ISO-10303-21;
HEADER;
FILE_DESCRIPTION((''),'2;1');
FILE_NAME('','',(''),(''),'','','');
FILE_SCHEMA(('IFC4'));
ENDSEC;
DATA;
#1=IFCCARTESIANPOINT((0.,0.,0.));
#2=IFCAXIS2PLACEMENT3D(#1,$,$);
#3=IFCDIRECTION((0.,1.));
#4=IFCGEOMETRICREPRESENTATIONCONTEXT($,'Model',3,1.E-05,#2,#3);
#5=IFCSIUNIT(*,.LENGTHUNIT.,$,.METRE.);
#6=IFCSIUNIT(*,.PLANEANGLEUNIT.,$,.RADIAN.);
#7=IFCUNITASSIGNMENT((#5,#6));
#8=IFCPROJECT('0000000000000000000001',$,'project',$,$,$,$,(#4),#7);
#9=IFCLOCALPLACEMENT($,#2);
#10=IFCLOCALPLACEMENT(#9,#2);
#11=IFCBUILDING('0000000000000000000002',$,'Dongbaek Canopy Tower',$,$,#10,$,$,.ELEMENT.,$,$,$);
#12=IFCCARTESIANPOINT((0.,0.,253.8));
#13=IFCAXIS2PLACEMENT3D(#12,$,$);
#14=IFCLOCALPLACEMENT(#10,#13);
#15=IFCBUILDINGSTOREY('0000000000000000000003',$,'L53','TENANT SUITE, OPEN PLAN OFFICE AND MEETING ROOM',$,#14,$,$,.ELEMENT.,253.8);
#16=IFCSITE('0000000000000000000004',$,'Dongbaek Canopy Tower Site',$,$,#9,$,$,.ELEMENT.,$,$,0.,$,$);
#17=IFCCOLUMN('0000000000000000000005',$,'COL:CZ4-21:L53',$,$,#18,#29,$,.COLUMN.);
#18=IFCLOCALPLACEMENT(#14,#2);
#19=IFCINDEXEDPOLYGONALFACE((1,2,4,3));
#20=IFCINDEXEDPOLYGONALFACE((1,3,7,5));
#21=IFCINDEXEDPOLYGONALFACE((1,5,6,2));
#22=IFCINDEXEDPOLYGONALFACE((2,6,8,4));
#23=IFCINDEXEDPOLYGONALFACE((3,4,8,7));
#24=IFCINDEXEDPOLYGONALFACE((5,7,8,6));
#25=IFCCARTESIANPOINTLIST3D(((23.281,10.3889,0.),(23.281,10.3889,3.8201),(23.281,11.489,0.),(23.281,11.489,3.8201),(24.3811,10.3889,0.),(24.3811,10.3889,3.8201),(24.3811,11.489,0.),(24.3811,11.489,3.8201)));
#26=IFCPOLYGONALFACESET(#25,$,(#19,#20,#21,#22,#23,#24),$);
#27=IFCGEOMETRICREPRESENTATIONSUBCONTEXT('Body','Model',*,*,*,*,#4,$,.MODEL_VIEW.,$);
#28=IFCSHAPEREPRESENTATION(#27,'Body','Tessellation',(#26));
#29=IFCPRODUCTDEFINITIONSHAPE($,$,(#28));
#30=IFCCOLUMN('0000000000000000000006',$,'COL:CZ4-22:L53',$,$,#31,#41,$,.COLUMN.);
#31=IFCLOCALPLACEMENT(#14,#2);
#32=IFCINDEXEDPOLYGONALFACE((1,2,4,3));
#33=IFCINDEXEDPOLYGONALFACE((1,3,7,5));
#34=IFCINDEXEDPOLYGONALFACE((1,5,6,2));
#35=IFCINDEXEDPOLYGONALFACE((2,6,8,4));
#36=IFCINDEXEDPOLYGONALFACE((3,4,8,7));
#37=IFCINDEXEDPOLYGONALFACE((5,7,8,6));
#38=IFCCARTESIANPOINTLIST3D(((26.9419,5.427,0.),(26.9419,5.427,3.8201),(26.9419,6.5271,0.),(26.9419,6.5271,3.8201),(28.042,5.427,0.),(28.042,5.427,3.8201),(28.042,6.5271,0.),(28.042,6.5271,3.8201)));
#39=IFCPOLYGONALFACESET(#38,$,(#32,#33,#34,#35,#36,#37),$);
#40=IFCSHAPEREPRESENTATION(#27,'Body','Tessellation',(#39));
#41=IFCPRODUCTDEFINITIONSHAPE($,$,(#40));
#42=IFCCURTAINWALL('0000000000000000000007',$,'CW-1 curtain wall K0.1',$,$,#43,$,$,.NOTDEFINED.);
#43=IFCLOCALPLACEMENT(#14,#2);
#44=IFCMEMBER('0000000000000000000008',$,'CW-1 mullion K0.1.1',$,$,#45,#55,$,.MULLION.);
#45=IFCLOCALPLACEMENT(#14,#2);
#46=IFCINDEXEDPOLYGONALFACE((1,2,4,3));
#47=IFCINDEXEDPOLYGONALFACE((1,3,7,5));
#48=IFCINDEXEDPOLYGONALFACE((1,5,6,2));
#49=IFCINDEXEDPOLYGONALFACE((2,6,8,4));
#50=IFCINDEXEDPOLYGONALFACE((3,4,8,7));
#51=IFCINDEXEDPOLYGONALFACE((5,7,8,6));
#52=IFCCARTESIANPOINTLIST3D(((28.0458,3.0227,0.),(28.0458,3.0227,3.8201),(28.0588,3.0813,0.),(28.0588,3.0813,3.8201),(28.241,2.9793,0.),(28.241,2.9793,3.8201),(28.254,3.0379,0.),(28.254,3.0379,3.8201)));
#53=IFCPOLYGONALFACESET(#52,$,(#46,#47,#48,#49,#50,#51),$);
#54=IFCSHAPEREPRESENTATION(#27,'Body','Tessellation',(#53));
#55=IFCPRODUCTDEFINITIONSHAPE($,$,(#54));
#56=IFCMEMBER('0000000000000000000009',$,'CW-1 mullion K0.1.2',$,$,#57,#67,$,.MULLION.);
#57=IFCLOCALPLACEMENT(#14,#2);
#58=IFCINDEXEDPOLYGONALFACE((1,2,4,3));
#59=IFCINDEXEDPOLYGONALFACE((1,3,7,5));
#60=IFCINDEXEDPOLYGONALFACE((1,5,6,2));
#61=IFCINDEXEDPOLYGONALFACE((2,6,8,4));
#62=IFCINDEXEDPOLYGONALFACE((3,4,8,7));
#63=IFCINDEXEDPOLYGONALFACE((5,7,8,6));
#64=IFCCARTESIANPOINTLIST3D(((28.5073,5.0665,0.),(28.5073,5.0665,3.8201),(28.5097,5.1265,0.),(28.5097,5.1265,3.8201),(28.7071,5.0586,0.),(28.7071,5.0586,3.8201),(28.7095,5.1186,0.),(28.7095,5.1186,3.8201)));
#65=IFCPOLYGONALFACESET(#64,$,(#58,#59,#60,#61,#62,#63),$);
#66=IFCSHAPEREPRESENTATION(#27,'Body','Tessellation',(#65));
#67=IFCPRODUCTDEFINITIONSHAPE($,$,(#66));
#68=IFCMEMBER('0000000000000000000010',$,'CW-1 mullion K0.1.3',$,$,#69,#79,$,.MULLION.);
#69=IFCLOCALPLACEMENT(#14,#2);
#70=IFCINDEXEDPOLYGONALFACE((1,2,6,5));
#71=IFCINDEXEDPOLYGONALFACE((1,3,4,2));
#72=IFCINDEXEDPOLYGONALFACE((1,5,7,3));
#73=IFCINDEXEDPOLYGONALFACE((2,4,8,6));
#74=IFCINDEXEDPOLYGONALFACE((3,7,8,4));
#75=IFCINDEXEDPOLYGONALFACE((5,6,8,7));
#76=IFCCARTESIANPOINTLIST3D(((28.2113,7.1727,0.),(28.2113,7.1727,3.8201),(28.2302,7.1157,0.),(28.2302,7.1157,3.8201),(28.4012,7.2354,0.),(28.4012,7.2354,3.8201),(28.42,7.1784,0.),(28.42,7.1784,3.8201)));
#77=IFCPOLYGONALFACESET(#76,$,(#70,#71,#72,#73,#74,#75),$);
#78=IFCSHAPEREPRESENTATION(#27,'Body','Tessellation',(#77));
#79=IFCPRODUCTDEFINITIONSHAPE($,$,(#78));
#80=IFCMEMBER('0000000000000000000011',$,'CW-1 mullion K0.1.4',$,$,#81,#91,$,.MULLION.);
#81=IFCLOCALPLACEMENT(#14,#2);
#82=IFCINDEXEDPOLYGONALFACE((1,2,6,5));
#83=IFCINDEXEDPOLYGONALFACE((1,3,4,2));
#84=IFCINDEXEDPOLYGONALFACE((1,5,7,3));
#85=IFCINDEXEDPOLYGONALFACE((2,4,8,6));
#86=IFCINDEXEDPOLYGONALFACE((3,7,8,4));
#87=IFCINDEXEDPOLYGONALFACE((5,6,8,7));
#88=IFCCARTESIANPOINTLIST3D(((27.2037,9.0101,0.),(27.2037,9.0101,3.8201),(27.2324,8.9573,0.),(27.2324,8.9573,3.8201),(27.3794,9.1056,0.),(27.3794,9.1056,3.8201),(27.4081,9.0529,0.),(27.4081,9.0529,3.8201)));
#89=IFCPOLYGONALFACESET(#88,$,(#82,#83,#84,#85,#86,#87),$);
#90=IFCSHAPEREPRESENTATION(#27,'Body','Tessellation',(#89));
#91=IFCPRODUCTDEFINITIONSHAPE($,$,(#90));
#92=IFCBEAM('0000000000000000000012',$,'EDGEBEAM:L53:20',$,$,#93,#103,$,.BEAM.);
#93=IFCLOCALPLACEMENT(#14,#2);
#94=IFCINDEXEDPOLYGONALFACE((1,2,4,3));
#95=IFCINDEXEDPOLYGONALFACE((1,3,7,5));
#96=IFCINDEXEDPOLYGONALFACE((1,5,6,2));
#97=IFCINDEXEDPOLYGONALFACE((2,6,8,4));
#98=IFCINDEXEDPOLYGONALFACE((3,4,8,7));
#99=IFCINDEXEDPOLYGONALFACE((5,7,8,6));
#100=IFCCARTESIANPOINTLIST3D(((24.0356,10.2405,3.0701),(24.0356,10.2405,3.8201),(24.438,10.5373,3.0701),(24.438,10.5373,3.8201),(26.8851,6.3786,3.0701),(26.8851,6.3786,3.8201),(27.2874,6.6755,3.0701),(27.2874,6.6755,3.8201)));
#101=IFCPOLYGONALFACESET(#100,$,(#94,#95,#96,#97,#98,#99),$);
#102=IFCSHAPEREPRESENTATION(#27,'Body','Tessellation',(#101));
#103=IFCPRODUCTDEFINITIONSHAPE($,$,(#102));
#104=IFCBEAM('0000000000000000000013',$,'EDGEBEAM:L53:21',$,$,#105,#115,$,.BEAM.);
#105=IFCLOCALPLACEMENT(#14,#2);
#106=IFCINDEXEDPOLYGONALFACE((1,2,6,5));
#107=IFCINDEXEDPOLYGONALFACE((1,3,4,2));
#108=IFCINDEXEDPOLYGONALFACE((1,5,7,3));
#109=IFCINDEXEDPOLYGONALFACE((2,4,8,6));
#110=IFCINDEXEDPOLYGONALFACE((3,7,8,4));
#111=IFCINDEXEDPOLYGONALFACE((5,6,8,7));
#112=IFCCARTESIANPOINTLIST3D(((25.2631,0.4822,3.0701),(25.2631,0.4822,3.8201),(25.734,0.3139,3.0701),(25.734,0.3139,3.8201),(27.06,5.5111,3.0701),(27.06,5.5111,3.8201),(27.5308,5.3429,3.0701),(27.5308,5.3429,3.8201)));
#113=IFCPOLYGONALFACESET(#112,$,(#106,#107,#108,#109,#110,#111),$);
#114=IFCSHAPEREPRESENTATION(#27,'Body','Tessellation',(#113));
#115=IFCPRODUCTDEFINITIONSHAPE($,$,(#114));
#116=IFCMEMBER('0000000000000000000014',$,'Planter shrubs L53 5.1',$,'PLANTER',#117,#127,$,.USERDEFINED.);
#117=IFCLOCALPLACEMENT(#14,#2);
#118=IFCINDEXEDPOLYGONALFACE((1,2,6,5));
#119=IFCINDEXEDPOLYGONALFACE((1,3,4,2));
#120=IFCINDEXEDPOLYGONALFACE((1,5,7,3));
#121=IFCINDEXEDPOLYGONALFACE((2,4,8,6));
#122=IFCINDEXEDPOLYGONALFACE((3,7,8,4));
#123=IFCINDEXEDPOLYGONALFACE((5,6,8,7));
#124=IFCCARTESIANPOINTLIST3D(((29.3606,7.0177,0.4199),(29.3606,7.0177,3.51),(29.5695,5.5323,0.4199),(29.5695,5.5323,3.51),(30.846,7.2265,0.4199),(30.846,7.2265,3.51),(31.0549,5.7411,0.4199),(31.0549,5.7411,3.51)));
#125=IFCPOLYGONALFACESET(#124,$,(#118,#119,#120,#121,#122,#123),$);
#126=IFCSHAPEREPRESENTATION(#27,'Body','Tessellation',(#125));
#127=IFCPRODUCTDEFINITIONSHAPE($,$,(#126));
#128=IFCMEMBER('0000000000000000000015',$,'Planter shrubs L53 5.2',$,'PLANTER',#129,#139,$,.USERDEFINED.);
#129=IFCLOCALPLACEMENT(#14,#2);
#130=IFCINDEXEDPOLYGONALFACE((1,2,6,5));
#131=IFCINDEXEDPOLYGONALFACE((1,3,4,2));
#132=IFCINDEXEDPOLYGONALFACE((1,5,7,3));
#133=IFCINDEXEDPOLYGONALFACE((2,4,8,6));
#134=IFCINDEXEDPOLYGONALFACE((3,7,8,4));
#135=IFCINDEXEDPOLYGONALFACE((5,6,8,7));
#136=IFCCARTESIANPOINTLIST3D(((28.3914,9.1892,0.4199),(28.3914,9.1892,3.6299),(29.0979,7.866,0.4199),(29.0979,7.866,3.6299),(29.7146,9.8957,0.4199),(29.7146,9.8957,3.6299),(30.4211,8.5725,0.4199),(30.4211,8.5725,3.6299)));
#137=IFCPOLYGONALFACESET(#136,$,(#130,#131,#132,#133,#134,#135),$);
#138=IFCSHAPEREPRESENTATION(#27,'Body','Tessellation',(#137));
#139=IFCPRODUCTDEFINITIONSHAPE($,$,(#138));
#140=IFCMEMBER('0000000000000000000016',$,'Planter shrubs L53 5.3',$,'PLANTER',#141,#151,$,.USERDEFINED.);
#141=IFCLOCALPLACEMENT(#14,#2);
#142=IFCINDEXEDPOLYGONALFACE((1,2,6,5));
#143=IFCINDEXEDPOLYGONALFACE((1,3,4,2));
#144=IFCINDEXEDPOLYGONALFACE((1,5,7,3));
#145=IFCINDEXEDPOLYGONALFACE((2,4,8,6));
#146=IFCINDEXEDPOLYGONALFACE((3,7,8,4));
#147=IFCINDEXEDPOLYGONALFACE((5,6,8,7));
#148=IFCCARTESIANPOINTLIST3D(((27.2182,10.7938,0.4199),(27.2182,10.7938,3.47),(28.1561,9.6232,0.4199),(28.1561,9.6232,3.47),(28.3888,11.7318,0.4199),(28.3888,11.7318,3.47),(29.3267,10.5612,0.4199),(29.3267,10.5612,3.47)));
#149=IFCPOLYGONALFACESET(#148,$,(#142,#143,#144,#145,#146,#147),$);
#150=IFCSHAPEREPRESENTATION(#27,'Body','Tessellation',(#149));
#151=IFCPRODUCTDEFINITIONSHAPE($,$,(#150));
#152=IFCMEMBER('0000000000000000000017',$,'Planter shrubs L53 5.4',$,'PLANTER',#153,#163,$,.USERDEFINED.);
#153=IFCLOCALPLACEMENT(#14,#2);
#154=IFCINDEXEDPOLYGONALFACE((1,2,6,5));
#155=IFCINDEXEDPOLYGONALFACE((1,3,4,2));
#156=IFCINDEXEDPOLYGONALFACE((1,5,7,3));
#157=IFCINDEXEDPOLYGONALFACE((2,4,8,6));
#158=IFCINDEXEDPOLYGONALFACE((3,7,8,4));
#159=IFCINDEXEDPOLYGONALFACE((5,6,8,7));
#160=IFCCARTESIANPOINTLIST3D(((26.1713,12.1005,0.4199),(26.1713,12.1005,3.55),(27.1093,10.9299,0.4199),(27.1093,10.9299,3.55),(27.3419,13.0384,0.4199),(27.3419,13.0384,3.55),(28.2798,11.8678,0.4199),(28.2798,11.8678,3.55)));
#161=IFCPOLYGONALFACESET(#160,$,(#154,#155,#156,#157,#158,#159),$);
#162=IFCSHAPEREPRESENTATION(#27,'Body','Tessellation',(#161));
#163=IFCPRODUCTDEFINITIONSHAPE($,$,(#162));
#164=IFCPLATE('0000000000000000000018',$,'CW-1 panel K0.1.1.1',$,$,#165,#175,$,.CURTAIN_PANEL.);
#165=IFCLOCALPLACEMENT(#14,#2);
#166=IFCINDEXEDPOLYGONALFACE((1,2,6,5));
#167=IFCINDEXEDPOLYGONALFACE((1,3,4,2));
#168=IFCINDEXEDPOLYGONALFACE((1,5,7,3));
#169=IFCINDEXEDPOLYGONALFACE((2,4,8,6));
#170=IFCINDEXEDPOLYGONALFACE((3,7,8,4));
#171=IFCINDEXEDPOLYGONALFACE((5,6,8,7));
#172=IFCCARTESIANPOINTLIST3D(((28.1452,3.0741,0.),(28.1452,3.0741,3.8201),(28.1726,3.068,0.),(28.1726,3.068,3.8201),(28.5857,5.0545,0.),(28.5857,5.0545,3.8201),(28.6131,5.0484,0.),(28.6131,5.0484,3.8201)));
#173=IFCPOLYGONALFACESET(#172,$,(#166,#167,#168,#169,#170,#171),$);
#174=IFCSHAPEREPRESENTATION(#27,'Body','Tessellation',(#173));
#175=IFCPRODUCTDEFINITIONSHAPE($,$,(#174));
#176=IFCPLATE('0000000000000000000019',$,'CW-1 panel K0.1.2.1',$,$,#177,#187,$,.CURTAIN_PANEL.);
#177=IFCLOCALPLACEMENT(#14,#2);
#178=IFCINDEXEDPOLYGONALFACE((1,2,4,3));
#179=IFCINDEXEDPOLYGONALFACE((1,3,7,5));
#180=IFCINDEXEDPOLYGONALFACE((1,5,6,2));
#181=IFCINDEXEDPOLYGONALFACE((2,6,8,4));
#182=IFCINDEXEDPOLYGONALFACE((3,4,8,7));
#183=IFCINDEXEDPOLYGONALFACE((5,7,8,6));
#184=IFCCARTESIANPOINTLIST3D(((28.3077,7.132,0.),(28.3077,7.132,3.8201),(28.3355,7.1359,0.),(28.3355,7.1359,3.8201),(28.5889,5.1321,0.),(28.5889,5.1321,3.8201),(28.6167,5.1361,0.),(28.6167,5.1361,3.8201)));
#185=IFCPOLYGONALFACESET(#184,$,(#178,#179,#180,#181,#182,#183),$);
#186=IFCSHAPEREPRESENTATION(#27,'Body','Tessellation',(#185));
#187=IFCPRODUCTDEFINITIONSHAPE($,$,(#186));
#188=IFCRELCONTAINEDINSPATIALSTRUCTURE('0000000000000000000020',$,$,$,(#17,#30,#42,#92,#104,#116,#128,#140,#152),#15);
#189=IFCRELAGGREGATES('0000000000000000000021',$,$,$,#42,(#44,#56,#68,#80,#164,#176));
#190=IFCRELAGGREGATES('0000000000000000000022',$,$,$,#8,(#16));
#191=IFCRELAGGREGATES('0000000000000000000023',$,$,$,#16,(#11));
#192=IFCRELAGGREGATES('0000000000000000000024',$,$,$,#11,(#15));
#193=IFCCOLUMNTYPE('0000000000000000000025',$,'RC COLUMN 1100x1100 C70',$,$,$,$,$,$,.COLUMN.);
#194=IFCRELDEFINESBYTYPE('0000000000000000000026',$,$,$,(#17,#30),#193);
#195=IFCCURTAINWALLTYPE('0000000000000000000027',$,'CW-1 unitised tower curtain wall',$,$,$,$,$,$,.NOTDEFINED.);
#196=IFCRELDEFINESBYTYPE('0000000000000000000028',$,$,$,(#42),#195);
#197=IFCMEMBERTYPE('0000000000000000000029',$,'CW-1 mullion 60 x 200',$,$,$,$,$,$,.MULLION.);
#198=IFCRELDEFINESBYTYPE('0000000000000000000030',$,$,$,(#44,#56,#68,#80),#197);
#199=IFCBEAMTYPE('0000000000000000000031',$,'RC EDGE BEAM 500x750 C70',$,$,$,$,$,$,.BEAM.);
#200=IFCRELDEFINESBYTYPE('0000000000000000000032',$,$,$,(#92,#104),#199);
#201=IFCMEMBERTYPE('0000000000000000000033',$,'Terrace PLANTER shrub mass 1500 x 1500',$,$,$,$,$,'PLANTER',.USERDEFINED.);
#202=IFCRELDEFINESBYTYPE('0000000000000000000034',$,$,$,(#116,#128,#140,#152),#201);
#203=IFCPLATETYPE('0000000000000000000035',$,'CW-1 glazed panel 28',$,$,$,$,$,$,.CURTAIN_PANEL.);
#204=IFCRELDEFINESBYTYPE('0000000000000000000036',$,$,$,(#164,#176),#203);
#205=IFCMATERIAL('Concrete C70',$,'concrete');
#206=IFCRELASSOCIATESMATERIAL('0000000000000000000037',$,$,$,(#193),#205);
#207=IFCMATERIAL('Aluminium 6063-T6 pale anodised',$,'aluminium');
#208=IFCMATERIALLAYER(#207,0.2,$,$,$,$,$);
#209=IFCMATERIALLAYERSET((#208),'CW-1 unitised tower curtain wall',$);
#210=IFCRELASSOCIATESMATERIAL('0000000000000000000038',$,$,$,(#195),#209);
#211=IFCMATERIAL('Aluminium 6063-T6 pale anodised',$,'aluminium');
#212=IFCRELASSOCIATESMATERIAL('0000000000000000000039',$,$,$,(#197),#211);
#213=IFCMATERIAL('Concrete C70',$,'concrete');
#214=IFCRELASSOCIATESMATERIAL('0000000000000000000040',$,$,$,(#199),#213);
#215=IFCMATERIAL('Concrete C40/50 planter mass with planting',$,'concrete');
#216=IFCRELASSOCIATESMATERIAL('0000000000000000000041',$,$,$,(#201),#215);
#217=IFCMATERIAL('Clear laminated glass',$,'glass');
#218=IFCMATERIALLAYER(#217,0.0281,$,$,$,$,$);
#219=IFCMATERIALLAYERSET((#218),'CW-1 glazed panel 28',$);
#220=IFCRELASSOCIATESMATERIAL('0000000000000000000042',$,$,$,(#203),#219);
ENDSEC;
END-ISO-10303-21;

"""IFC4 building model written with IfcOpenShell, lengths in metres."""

from ifc_helpers import new_model, si_unit, direction, frame, origin, origin_2d, place, context, subcontext, project, spatial, rectangle, extrude, material, layer, layer_set, material_profile, profile_set, type_object, element, aggregate, save


model = new_model("IFC4")

# Units and contexts
model_context = context("Model", 3, precision=1e-05, world=origin(), true_north=direction((0.0, 1.0)))
body_context = subcontext(model_context, "Body", "Model", "MODEL_VIEW")
ifc_project = project(units=[si_unit("LENGTHUNIT", "METRE"), si_unit("PLANEANGLEUNIT", "RADIAN")], contexts=[model_context])

# Site, building, storey
site_placement = place(None, origin())
site = spatial("IfcSite", under=ifc_project, at=site_placement, Name="Dongbaek Canopy Tower Site", CompositionType="ELEMENT", RefElevation=0.0)
building_placement = place(site_placement, origin())
building = spatial("IfcBuilding", under=site, at=building_placement, Name="Dongbaek Canopy Tower", CompositionType="ELEMENT")
storey_placement = place(building_placement, frame((0.0, 0.0, 253.8)))
storey = spatial("IfcBuildingStorey", under=building, at=storey_placement, Name="L53", Description="TENANT SUITE, OPEN PLAN OFFICE AND MEETING ROOM", CompositionType="ELEMENT", Elevation=253.8)

# Columns
ifc_material_1 = material(Name="Concrete C70", Category="concrete")
ifc_material_profile_1 = material_profile(ifc_material_1, rectangle(XDim=1.1001, YDim=1.1001, at=origin_2d()), Name="RC COLUMN 1100x1100 C70")
ifc_profile_set_1 = profile_set([ifc_material_profile_1], Name="Concrete C70")
column_type = type_object("IfcColumnType", Name="RC COLUMN 1100x1100 C70", PredefinedType="COLUMN", material=ifc_profile_set_1)
for number, where, z_axis, x_axis, name in (
    (1, (23.8311, 10.939, 0.0), (0.0, 0.0, 1.0), (1.0, 0.0, 0.0), "COL:CZ4-21:L53"),
    (2, (27.4919, 5.9771, 0.0), (0.0, 0.0, 1.0), (1.0, 0.0, 0.0), "COL:CZ4-22:L53"),
):
    element("IfcColumn", number, at=place(storey_placement, frame(where, z_axis=z_axis, x_axis=x_axis)), inside=storey, type_object=column_type, Name=name, PredefinedType="COLUMN", context=body_context, shape_type="SweptSolid", body=[
        extrude(rectangle(XDim=1.1001, YDim=1.1001, at=origin_2d()), origin(), (0.0, 0.0, 1.0), 3.8201),
    ])

# Curtain wall, members
ifc_material_2 = material(Name="Aluminium 6063-T6 pale anodised", Category="aluminium")
ifc_layer_1 = layer(ifc_material_2, 0.2)
ifc_layer_set_1 = layer_set([ifc_layer_1], Name="CW-1 unitised tower curtain wall")
curtain_wall_type = type_object("IfcCurtainWallType", Name="CW-1 unitised tower curtain wall", PredefinedType="NOTDEFINED", material=ifc_layer_set_1)
curtain_wall_1_placement = place(storey_placement, origin())
curtain_wall_1 = element("IfcCurtainWall", 3, at=curtain_wall_1_placement, inside=storey, type_object=curtain_wall_type, Name="CW-1 curtain wall K0.1", PredefinedType="NOTDEFINED")
ifc_material_3 = material(Name="Aluminium 6063-T6 pale anodised", Category="aluminium")
ifc_material_profile_2 = material_profile(ifc_material_3, rectangle(XDim=0.2, YDim=0.0601, at=origin_2d()), Name="CW-1 mullion 60 x 200")
ifc_profile_set_2 = profile_set([ifc_material_profile_2], Name="Aluminium 6063-T6 pale anodised")
member_type_1 = type_object("IfcMemberType", Name="CW-1 mullion 60 x 200", PredefinedType="MULLION", material=ifc_profile_set_2)
member_1_placement = place(storey_placement, frame((28.1499, 3.0303, 0.0), z_axis=(0.0, 0.0, 1.0), x_axis=(0.976147, -0.217111, 0.0)))
member_1 = element("IfcMember", 4, at=member_1_placement, type_object=member_type_1, Name="CW-1 mullion K0.1.1", PredefinedType="MULLION", context=body_context, shape_type="SweptSolid", body=[
    extrude(rectangle(XDim=0.2, YDim=0.0601, at=origin_2d()), origin(), (0.0, 0.0, 1.0), 3.8201),
])
member_2_placement = place(storey_placement, frame((28.6084, 5.0925, 0.0), z_axis=(0.0, 0.0, 1.0), x_axis=(0.999217, -0.039568, 0.0)))
member_2 = element("IfcMember", 5, at=member_2_placement, type_object=member_type_1, Name="CW-1 mullion K0.1.2", PredefinedType="MULLION", context=body_context, shape_type="SweptSolid", body=[
    extrude(rectangle(XDim=0.2, YDim=0.0601, at=origin_2d()), origin(), (0.0, 0.0, 1.0), 3.8201),
])
member_3_placement = place(storey_placement, frame((28.3157, 7.1755, 0.0), z_axis=(0.0, 0.0, 1.0), x_axis=(0.949558, 0.313592, 0.0)))
member_3 = element("IfcMember", 6, at=member_3_placement, type_object=member_type_1, Name="CW-1 mullion K0.1.3", PredefinedType="MULLION", context=body_context, shape_type="SweptSolid", body=[
    extrude(rectangle(XDim=0.2, YDim=0.0601, at=origin_2d()), origin(), (0.0, 0.0, 1.0), 3.8201),
])
member_4_placement = place(storey_placement, frame((27.3059, 9.0315, 0.0), z_axis=(0.0, 0.0, 1.0), x_axis=(0.878421, 0.477888, 0.0)))
member_4 = element("IfcMember", 7, at=member_4_placement, type_object=member_type_1, Name="CW-1 mullion K0.1.4", PredefinedType="MULLION", context=body_context, shape_type="SweptSolid", body=[
    extrude(rectangle(XDim=0.2, YDim=0.0601, at=origin_2d()), origin(), (0.0, 0.0, 1.0), 3.8201),
])

# Beams
ifc_material_4 = material(Name="Concrete C70", Category="concrete")
ifc_material_profile_3 = material_profile(ifc_material_4, rectangle(XDim=0.5, YDim=0.75, at=origin_2d()), Name="RC EDGE BEAM 500x750 C70")
ifc_profile_set_3 = profile_set([ifc_material_profile_3], Name="Concrete C70")
beam_type = type_object("IfcBeamType", Name="RC EDGE BEAM 500x750 C70", PredefinedType="BEAM", material=ifc_profile_set_3)
beam_1_placement = place(storey_placement, frame((24.2368, 10.3889, 3.4451), z_axis=(0.593714, -0.804676, 0.0), x_axis=(0.804676, 0.593714, 0.0)))
element("IfcBeam", 8, at=beam_1_placement, inside=storey, type_object=beam_type, Name="EDGEBEAM:L53:20", PredefinedType="BEAM", context=body_context, shape_type="SweptSolid", body=[
    extrude(rectangle(XDim=0.5, YDim=0.75, at=origin_2d()), origin(), (0.0, 0.0, 1.0), 4.7993),
])
beam_2_placement = place(storey_placement, frame((27.2954, 5.427, 3.4451), z_axis=(-0.336467, -0.941695, 0.0), x_axis=(0.941695, -0.336467, 0.0)))
element("IfcBeam", 9, at=beam_2_placement, inside=storey, type_object=beam_type, Name="EDGEBEAM:L53:21", PredefinedType="BEAM", context=body_context, shape_type="SweptSolid", body=[
    extrude(rectangle(XDim=0.5, YDim=0.75, at=origin_2d()), origin(), (0.0, 0.0, 1.0), 5.3403),
])

# Members
ifc_material_5 = material(Name="Concrete C40/50 planter mass with planting", Category="concrete")
ifc_material_profile_4 = material_profile(ifc_material_5, rectangle(XDim=1.5, YDim=1.5, at=origin_2d()), Name="Terrace PLANTER shrub mass 1500 x 1500")
ifc_profile_set_4 = profile_set([ifc_material_profile_4], Name="Concrete C40/50 planter mass with planting")
member_type_2 = type_object("IfcMemberType", Name="Terrace PLANTER shrub mass 1500 x 1500", ElementType="PLANTER", PredefinedType="USERDEFINED", material=ifc_profile_set_4)
member_5_placement = place(storey_placement, frame((30.2078, 6.3794, 0.4199), z_axis=(0.0, 0.0, 1.0), x_axis=(0.990258, 0.139244, 0.0)))
element("IfcMember", 10, at=member_5_placement, inside=storey, type_object=member_type_2, Name="Planter shrubs L53 5.1", ObjectType="PLANTER", PredefinedType="USERDEFINED", context=body_context, shape_type="SweptSolid", body=[
    extrude(rectangle(XDim=1.5, YDim=1.5, at=origin_2d()), origin(), (0.0, 0.0, 1.0), 3.0901),
])
member_6_placement = place(storey_placement, frame((29.4062, 8.8809, 0.4199), z_axis=(0.0, 0.0, 1.0), x_axis=(0.882136, 0.470995, 0.0)))
element("IfcMember", 11, at=member_6_placement, inside=storey, type_object=member_type_2, Name="Planter shrubs L53 5.2", ObjectType="PLANTER", PredefinedType="USERDEFINED", context=body_context, shape_type="SweptSolid", body=[
    extrude(rectangle(XDim=1.5, YDim=1.5, at=origin_2d()), origin(), (0.0, 0.0, 1.0), 3.21),
])
member_7_placement = place(storey_placement, frame((28.2725, 10.6775, 0.4199), z_axis=(0.0, 0.0, 1.0), x_axis=(0.780395, 0.625287, 0.0)))
element("IfcMember", 12, at=member_7_placement, inside=storey, type_object=member_type_2, Name="Planter shrubs L53 5.3", ObjectType="PLANTER", PredefinedType="USERDEFINED", context=body_context, shape_type="SweptSolid", body=[
    extrude(rectangle(XDim=1.5, YDim=1.5, at=origin_2d()), origin(), (0.0, 0.0, 1.0), 3.05),
])
member_8_placement = place(storey_placement, frame((27.2256, 11.9841, 0.4199), z_axis=(0.0, 0.0, 1.0), x_axis=(0.780395, 0.625287, 0.0)))
element("IfcMember", 13, at=member_8_placement, inside=storey, type_object=member_type_2, Name="Planter shrubs L53 5.4", ObjectType="PLANTER", PredefinedType="USERDEFINED", context=body_context, shape_type="SweptSolid", body=[
    extrude(rectangle(XDim=1.5, YDim=1.5, at=origin_2d()), origin(), (0.0, 0.0, 1.0), 3.1301),
])

# Plates
ifc_material_6 = material(Name="Clear laminated glass", Category="glass")
ifc_layer_2 = layer(ifc_material_6, 0.0281)
ifc_layer_set_2 = layer_set([ifc_layer_2], Name="CW-1 glazed panel 28")
plate_type = type_object("IfcPlateType", Name="CW-1 glazed panel 28", PredefinedType="CURTAIN_PANEL", material=ifc_layer_set_2)
plate_1_placement = place(storey_placement, frame((28.3792, 4.0613, 0.0), z_axis=(0.0, 0.0, 1.0), x_axis=(0.217111, 0.976147, 0.0)))
plate_1 = element("IfcPlate", 14, at=plate_1_placement, type_object=plate_type, Name="CW-1 panel K0.1.1.1", PredefinedType="CURTAIN_PANEL", context=body_context, shape_type="SweptSolid", body=[
    extrude(rectangle(XDim=2.0288, YDim=0.0281, at=origin_2d()), origin(), (0.0, 0.0, 1.0), 3.8201),
])
plate_2_placement = place(storey_placement, frame((28.4622, 6.134, 0.0), z_axis=(0.0, 0.0, 1.0), x_axis=(-0.139244, 0.990258, 0.0)))
plate_2 = element("IfcPlate", 15, at=plate_2_placement, type_object=plate_type, Name="CW-1 panel K0.1.2.1", PredefinedType="CURTAIN_PANEL", context=body_context, shape_type="SweptSolid", body=[
    extrude(rectangle(XDim=2.0195, YDim=0.0281, at=origin_2d()), origin(), (0.0, 0.0, 1.0), 3.8201),
])
aggregate(curtain_wall_1, [member_1, member_2, member_3, member_4, plate_1, plate_2])

save(model, "model.ifc")
